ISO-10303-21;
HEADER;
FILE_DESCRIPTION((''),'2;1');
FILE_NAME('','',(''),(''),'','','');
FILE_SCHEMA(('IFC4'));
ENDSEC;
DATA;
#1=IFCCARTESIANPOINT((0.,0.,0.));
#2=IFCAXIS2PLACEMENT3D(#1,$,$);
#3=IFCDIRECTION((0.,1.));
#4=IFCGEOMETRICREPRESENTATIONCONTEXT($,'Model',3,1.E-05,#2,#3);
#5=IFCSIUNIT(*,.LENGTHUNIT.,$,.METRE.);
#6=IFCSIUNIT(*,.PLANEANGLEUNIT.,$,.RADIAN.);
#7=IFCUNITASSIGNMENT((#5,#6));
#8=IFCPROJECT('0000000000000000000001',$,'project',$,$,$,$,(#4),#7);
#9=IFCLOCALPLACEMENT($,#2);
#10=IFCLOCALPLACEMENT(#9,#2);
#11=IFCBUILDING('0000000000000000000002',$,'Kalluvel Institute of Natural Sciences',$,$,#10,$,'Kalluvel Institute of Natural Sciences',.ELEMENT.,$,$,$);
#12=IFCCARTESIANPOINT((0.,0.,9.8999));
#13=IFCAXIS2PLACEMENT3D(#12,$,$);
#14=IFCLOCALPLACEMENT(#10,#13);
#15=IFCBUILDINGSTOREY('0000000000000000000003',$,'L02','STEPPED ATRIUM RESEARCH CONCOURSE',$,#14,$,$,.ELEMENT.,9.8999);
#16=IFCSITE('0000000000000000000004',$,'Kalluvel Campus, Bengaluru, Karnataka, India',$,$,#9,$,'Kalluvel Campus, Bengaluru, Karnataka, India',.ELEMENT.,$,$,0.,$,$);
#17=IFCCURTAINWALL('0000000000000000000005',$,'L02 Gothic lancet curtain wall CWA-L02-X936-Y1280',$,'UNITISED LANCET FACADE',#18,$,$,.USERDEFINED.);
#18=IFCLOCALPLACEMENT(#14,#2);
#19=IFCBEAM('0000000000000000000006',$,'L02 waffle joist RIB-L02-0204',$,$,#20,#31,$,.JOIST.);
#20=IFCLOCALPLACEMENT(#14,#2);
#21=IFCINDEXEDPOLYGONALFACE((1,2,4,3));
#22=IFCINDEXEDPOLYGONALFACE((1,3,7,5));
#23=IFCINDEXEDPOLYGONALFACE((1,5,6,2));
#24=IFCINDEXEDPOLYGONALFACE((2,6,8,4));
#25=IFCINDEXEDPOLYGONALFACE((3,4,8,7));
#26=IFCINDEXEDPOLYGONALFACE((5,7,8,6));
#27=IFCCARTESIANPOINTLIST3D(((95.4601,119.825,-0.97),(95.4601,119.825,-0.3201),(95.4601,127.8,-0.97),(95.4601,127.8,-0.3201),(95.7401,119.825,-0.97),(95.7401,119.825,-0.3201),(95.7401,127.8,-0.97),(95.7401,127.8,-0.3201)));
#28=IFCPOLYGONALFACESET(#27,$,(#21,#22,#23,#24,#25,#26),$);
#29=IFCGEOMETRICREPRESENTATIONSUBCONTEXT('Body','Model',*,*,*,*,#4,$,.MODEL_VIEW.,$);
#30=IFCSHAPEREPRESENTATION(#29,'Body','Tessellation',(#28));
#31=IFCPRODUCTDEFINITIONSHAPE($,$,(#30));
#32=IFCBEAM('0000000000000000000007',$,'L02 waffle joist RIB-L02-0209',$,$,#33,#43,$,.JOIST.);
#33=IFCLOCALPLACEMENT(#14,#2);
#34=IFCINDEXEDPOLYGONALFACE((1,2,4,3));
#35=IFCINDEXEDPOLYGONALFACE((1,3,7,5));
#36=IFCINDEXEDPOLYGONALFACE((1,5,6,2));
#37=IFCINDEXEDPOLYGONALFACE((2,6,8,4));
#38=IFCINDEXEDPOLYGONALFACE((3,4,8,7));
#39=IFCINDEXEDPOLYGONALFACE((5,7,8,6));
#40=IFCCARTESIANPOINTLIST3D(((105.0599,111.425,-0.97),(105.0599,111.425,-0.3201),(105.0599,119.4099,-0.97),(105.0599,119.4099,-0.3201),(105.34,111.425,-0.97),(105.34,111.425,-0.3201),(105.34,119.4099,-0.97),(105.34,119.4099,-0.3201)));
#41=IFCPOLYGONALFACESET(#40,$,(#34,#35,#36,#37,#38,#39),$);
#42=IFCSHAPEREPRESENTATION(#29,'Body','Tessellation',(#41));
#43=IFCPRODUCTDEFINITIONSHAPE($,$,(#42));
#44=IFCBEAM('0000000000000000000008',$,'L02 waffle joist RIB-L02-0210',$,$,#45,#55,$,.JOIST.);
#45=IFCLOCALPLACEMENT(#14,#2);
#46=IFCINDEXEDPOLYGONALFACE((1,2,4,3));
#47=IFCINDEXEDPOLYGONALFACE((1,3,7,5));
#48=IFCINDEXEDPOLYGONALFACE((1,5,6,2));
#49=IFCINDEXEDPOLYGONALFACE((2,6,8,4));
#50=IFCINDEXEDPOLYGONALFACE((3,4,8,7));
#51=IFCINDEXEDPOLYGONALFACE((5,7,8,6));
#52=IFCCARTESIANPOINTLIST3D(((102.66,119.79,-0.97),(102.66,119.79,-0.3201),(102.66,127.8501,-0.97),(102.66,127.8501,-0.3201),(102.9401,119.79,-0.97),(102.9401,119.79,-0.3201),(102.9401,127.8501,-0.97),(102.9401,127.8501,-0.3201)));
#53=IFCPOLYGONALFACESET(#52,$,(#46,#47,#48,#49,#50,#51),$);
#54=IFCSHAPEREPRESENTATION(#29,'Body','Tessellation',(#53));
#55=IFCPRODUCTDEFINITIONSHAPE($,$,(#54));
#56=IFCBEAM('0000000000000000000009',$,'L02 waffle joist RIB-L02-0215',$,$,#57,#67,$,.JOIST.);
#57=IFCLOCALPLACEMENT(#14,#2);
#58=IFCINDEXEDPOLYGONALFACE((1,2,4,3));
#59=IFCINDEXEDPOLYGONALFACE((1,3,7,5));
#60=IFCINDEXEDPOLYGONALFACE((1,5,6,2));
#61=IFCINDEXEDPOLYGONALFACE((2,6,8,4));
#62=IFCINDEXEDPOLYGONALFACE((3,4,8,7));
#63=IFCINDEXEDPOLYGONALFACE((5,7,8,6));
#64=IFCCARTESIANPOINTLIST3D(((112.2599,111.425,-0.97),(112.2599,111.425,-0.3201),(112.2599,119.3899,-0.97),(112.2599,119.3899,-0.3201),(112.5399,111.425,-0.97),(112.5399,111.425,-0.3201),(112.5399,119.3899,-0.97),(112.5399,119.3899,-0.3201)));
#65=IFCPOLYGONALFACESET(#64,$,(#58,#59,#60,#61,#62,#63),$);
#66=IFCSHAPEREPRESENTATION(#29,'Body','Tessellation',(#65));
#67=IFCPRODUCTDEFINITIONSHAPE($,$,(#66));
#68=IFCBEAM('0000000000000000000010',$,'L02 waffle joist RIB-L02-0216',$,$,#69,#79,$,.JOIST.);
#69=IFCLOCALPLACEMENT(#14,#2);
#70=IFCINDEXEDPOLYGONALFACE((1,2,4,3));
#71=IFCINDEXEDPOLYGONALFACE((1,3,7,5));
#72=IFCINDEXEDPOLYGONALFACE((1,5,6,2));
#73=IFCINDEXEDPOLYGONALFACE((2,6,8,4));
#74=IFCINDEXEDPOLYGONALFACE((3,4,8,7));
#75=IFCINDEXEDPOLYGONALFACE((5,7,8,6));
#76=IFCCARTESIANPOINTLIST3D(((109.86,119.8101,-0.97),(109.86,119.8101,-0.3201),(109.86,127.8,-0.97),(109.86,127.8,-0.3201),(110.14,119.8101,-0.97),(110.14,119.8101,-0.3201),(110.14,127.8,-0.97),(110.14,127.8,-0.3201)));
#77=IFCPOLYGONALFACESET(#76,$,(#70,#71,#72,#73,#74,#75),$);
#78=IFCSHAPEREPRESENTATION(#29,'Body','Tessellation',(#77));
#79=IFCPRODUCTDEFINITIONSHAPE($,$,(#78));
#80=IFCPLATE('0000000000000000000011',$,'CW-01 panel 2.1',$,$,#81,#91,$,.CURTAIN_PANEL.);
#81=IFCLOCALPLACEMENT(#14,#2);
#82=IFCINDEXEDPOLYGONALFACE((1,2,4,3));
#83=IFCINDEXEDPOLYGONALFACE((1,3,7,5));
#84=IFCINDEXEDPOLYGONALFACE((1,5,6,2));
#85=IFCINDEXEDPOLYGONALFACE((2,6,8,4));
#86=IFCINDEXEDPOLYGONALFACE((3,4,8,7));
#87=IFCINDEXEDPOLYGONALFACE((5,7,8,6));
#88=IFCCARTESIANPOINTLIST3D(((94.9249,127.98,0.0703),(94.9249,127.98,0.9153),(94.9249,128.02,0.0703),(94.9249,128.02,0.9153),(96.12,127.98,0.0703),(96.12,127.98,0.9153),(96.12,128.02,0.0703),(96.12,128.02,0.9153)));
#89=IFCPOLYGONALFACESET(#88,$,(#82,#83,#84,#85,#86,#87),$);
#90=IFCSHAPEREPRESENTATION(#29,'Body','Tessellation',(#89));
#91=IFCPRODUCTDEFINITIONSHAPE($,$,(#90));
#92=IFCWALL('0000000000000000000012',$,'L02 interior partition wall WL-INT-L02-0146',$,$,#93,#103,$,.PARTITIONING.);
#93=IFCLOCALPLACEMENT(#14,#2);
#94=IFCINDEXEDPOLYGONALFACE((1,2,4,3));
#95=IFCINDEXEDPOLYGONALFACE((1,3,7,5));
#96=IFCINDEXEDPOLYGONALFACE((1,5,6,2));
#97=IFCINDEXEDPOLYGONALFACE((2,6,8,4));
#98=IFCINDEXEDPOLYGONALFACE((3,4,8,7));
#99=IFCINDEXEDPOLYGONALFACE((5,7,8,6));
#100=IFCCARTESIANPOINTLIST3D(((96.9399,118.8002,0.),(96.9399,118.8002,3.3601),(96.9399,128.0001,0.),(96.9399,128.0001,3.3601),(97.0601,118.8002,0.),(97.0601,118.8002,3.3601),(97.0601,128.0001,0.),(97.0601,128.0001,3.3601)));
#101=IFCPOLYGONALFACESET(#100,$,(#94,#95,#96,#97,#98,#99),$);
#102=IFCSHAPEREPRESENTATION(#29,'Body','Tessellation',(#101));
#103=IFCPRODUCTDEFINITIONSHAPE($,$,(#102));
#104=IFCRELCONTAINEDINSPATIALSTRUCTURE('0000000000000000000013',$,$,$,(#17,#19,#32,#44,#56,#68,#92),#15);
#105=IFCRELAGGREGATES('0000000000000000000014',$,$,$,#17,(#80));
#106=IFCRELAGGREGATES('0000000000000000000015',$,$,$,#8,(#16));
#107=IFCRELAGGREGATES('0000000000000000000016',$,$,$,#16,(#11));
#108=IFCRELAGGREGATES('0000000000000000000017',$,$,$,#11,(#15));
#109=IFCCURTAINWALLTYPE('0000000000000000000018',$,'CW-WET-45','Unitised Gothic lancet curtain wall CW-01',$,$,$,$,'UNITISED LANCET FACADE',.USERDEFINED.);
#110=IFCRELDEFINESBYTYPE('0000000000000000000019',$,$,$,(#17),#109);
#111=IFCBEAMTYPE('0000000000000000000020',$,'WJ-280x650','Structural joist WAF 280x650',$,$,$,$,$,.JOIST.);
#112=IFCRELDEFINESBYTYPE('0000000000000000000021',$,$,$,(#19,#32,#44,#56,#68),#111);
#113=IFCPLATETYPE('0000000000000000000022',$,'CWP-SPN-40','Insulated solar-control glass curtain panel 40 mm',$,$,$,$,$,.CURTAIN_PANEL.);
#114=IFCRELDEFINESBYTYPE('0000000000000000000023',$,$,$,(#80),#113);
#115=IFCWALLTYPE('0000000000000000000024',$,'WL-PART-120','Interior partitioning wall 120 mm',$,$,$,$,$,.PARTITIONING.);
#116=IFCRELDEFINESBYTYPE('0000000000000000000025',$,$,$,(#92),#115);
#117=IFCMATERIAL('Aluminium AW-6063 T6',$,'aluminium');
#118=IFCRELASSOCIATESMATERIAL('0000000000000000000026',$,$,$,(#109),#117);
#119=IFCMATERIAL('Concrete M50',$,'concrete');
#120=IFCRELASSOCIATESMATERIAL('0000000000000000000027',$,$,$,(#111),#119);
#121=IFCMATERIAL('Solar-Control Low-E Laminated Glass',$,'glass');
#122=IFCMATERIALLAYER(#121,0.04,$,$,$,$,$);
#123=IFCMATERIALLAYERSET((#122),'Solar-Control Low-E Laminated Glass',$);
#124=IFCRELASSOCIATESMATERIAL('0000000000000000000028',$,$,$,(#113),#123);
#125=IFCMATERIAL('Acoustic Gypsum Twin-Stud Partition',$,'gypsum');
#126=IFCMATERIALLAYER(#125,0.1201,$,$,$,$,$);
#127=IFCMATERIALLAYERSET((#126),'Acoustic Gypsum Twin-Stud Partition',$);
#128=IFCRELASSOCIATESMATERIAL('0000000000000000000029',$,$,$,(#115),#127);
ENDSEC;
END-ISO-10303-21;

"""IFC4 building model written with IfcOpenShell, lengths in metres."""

from ifc_helpers import new_model, si_unit, direction, frame, frame_2d, origin, origin_2d, place, context, subcontext, project, spatial, rectangle, extrude, material, layer, layer_set, material_profile, profile_set, type_object, element, aggregate, save


model = new_model("IFC4")

# Units and contexts
model_context = context("Model", 3, precision=1e-05, world=origin(), true_north=direction((0.0, 1.0)))
body_context = subcontext(model_context, "Body", "Model", "MODEL_VIEW")
ifc_project = project(units=[si_unit("LENGTHUNIT", "METRE"), si_unit("PLANEANGLEUNIT", "RADIAN")], contexts=[model_context])

# Site, building, storey
site_placement = place(None, origin())
site = spatial("IfcSite", under=ifc_project, at=site_placement, Name="Kalluvel Campus, Bengaluru, Karnataka, India", LongName="Kalluvel Campus, Bengaluru, Karnataka, India", CompositionType="ELEMENT", RefElevation=0.0)
building_placement = place(site_placement, origin())
building = spatial("IfcBuilding", under=site, at=building_placement, Name="Kalluvel Institute of Natural Sciences", LongName="Kalluvel Institute of Natural Sciences", CompositionType="ELEMENT")
storey_placement = place(building_placement, frame((0.0, 0.0, 9.8999)))
storey = spatial("IfcBuildingStorey", under=building, at=storey_placement, Name="L02", Description="STEPPED ATRIUM RESEARCH CONCOURSE", CompositionType="ELEMENT", Elevation=9.8999)

# Shared definitions
ifc_material_1 = material(Name="Concrete M50", Category="concrete")

# Curtain wall
ifc_material_2 = material(Name="Aluminium AW-6063 T6", Category="aluminium")
curtain_wall_type = type_object("IfcCurtainWallType", Name="CW-WET-45", Description="Unitised Gothic lancet curtain wall CW-01", ElementType="UNITISED LANCET FACADE", PredefinedType="USERDEFINED", material=ifc_material_2)
curtain_wall_placement = place(storey_placement, origin())
curtain_wall = element("IfcCurtainWall", 1, at=curtain_wall_placement, inside=storey, type_object=curtain_wall_type, Name="L02 Gothic lancet curtain wall CWA-L02-X936-Y1280", ObjectType="UNITISED LANCET FACADE", PredefinedType="USERDEFINED")

# Beams
ifc_material_profile_1 = material_profile(ifc_material_1, rectangle(XDim=0.28, YDim=0.6499, at=origin_2d()), Name="WAF 280x650")
ifc_profile_set_1 = profile_set([ifc_material_profile_1], Name="Concrete M50")
beam_type_1 = type_object("IfcBeamType", Name="WJ-280x650", Description="Structural joist WAF 280x650", PredefinedType="JOIST", material=ifc_profile_set_1)
for number, where, z_axis, x_axis, name in (
    (2, (95.6001, 119.825, -0.645), (0.0, 1.0, 0.0), (-1.0, 0.0, 0.0), "L02 waffle joist RIB-L02-0204"),
):
    element("IfcBeam", number, at=place(storey_placement, frame(where, z_axis=z_axis, x_axis=x_axis)), inside=storey, type_object=beam_type_1, Name=name, PredefinedType="JOIST", context=body_context, shape_type="SweptSolid", body=[
        extrude(rectangle(XDim=0.28, YDim=0.6499, at=origin_2d()), origin(), (0.0, 0.0, 1.0), 7.9751),
    ])
beam_1_placement = place(storey_placement, frame((105.2, 111.425, -0.645), z_axis=(0.0, 1.0, 0.0), x_axis=(-1.0, 0.0, 0.0)))
element("IfcBeam", 3, at=beam_1_placement, inside=storey, type_object=beam_type_1, Name="L02 waffle joist RIB-L02-0209", PredefinedType="JOIST", context=body_context, shape_type="SweptSolid", body=[
    extrude(rectangle(XDim=0.28, YDim=0.6499, at=origin_2d()), origin(), (0.0, 0.0, 1.0), 7.9849),
])
beam_2_placement = place(storey_placement, frame((102.8, 119.79, -0.645), z_axis=(0.0, 1.0, 0.0), x_axis=(-1.0, 0.0, 0.0)))
element("IfcBeam", 4, at=beam_2_placement, inside=storey, type_object=beam_type_1, Name="L02 waffle joist RIB-L02-0210", PredefinedType="JOIST", context=body_context, shape_type="SweptSolid", body=[
    extrude(rectangle(XDim=0.28, YDim=0.6499, at=origin_2d()), origin(), (0.0, 0.0, 1.0), 8.0601),
])
beam_3_placement = place(storey_placement, frame((112.3999, 111.425, -0.645), z_axis=(0.0, 1.0, 0.0), x_axis=(-1.0, 0.0, 0.0)))
element("IfcBeam", 5, at=beam_3_placement, inside=storey, type_object=beam_type_1, Name="L02 waffle joist RIB-L02-0215", PredefinedType="JOIST", context=body_context, shape_type="SweptSolid", body=[
    extrude(rectangle(XDim=0.28, YDim=0.6499, at=origin_2d()), origin(), (0.0, 0.0, 1.0), 7.9648),
])
beam_4_placement = place(storey_placement, frame((110.0, 119.8101, -0.645), z_axis=(0.0, 1.0, 0.0), x_axis=(-1.0, 0.0, 0.0)))
element("IfcBeam", 6, at=beam_4_placement, inside=storey, type_object=beam_type_1, Name="L02 waffle joist RIB-L02-0216", PredefinedType="JOIST", context=body_context, shape_type="SweptSolid", body=[
    extrude(rectangle(XDim=0.28, YDim=0.6499, at=origin_2d()), origin(), (0.0, 0.0, 1.0), 7.99),
])

# Plate
ifc_material_3 = material(Name="Solar-Control Low-E Laminated Glass", Category="glass")
ifc_layer_1 = layer(ifc_material_3, 0.04)
ifc_layer_set_1 = layer_set([ifc_layer_1], Name="Solar-Control Low-E Laminated Glass")
plate_type = type_object("IfcPlateType", Name="CWP-SPN-40", Description="Insulated solar-control glass curtain panel 40 mm", PredefinedType="CURTAIN_PANEL", material=ifc_layer_set_1)
plate_placement = place(storey_placement, frame((95.5225, 128.0, 0.0703), z_axis=(0.0, 0.0, 1.0), x_axis=(1.0, 0.0, 0.0)))
plate = element("IfcPlate", 7, at=plate_placement, type_object=plate_type, Name="CW-01 panel 2.1", PredefinedType="CURTAIN_PANEL", context=body_context, shape_type="SweptSolid", body=[
    extrude(rectangle(XDim=1.1951, YDim=0.04, at=origin_2d()), origin(), (0.0, 0.0, 1.0), 0.845),
])
aggregate(curtain_wall, [plate])

# Wall
ifc_material_4 = material(Name="Acoustic Gypsum Twin-Stud Partition", Category="gypsum")
ifc_layer_2 = layer(ifc_material_4, 0.1201)
ifc_layer_set_2 = layer_set([ifc_layer_2], Name="Acoustic Gypsum Twin-Stud Partition")
wall_type = type_object("IfcWallType", Name="WL-PART-120", Description="Interior partitioning wall 120 mm", PredefinedType="PARTITIONING", material=ifc_layer_set_2)
wall_placement = place(storey_placement, frame((97.0, 118.8, 0.0), z_axis=(0.0, 0.0, 1.0), x_axis=(0.0, 1.0, 0.0)))
element("IfcWall", 8, at=wall_placement, inside=storey, type_object=wall_type, Name="L02 interior partition wall WL-INT-L02-0146", PredefinedType="PARTITIONING", context=body_context, shape_type="SweptSolid", body=[
    extrude(rectangle(XDim=9.2, YDim=0.1201, at=frame_2d((4.6001, 0.0))), origin(), (0.0, 0.0, 1.0), 3.3601),
])

save(model, "model.ifc")
